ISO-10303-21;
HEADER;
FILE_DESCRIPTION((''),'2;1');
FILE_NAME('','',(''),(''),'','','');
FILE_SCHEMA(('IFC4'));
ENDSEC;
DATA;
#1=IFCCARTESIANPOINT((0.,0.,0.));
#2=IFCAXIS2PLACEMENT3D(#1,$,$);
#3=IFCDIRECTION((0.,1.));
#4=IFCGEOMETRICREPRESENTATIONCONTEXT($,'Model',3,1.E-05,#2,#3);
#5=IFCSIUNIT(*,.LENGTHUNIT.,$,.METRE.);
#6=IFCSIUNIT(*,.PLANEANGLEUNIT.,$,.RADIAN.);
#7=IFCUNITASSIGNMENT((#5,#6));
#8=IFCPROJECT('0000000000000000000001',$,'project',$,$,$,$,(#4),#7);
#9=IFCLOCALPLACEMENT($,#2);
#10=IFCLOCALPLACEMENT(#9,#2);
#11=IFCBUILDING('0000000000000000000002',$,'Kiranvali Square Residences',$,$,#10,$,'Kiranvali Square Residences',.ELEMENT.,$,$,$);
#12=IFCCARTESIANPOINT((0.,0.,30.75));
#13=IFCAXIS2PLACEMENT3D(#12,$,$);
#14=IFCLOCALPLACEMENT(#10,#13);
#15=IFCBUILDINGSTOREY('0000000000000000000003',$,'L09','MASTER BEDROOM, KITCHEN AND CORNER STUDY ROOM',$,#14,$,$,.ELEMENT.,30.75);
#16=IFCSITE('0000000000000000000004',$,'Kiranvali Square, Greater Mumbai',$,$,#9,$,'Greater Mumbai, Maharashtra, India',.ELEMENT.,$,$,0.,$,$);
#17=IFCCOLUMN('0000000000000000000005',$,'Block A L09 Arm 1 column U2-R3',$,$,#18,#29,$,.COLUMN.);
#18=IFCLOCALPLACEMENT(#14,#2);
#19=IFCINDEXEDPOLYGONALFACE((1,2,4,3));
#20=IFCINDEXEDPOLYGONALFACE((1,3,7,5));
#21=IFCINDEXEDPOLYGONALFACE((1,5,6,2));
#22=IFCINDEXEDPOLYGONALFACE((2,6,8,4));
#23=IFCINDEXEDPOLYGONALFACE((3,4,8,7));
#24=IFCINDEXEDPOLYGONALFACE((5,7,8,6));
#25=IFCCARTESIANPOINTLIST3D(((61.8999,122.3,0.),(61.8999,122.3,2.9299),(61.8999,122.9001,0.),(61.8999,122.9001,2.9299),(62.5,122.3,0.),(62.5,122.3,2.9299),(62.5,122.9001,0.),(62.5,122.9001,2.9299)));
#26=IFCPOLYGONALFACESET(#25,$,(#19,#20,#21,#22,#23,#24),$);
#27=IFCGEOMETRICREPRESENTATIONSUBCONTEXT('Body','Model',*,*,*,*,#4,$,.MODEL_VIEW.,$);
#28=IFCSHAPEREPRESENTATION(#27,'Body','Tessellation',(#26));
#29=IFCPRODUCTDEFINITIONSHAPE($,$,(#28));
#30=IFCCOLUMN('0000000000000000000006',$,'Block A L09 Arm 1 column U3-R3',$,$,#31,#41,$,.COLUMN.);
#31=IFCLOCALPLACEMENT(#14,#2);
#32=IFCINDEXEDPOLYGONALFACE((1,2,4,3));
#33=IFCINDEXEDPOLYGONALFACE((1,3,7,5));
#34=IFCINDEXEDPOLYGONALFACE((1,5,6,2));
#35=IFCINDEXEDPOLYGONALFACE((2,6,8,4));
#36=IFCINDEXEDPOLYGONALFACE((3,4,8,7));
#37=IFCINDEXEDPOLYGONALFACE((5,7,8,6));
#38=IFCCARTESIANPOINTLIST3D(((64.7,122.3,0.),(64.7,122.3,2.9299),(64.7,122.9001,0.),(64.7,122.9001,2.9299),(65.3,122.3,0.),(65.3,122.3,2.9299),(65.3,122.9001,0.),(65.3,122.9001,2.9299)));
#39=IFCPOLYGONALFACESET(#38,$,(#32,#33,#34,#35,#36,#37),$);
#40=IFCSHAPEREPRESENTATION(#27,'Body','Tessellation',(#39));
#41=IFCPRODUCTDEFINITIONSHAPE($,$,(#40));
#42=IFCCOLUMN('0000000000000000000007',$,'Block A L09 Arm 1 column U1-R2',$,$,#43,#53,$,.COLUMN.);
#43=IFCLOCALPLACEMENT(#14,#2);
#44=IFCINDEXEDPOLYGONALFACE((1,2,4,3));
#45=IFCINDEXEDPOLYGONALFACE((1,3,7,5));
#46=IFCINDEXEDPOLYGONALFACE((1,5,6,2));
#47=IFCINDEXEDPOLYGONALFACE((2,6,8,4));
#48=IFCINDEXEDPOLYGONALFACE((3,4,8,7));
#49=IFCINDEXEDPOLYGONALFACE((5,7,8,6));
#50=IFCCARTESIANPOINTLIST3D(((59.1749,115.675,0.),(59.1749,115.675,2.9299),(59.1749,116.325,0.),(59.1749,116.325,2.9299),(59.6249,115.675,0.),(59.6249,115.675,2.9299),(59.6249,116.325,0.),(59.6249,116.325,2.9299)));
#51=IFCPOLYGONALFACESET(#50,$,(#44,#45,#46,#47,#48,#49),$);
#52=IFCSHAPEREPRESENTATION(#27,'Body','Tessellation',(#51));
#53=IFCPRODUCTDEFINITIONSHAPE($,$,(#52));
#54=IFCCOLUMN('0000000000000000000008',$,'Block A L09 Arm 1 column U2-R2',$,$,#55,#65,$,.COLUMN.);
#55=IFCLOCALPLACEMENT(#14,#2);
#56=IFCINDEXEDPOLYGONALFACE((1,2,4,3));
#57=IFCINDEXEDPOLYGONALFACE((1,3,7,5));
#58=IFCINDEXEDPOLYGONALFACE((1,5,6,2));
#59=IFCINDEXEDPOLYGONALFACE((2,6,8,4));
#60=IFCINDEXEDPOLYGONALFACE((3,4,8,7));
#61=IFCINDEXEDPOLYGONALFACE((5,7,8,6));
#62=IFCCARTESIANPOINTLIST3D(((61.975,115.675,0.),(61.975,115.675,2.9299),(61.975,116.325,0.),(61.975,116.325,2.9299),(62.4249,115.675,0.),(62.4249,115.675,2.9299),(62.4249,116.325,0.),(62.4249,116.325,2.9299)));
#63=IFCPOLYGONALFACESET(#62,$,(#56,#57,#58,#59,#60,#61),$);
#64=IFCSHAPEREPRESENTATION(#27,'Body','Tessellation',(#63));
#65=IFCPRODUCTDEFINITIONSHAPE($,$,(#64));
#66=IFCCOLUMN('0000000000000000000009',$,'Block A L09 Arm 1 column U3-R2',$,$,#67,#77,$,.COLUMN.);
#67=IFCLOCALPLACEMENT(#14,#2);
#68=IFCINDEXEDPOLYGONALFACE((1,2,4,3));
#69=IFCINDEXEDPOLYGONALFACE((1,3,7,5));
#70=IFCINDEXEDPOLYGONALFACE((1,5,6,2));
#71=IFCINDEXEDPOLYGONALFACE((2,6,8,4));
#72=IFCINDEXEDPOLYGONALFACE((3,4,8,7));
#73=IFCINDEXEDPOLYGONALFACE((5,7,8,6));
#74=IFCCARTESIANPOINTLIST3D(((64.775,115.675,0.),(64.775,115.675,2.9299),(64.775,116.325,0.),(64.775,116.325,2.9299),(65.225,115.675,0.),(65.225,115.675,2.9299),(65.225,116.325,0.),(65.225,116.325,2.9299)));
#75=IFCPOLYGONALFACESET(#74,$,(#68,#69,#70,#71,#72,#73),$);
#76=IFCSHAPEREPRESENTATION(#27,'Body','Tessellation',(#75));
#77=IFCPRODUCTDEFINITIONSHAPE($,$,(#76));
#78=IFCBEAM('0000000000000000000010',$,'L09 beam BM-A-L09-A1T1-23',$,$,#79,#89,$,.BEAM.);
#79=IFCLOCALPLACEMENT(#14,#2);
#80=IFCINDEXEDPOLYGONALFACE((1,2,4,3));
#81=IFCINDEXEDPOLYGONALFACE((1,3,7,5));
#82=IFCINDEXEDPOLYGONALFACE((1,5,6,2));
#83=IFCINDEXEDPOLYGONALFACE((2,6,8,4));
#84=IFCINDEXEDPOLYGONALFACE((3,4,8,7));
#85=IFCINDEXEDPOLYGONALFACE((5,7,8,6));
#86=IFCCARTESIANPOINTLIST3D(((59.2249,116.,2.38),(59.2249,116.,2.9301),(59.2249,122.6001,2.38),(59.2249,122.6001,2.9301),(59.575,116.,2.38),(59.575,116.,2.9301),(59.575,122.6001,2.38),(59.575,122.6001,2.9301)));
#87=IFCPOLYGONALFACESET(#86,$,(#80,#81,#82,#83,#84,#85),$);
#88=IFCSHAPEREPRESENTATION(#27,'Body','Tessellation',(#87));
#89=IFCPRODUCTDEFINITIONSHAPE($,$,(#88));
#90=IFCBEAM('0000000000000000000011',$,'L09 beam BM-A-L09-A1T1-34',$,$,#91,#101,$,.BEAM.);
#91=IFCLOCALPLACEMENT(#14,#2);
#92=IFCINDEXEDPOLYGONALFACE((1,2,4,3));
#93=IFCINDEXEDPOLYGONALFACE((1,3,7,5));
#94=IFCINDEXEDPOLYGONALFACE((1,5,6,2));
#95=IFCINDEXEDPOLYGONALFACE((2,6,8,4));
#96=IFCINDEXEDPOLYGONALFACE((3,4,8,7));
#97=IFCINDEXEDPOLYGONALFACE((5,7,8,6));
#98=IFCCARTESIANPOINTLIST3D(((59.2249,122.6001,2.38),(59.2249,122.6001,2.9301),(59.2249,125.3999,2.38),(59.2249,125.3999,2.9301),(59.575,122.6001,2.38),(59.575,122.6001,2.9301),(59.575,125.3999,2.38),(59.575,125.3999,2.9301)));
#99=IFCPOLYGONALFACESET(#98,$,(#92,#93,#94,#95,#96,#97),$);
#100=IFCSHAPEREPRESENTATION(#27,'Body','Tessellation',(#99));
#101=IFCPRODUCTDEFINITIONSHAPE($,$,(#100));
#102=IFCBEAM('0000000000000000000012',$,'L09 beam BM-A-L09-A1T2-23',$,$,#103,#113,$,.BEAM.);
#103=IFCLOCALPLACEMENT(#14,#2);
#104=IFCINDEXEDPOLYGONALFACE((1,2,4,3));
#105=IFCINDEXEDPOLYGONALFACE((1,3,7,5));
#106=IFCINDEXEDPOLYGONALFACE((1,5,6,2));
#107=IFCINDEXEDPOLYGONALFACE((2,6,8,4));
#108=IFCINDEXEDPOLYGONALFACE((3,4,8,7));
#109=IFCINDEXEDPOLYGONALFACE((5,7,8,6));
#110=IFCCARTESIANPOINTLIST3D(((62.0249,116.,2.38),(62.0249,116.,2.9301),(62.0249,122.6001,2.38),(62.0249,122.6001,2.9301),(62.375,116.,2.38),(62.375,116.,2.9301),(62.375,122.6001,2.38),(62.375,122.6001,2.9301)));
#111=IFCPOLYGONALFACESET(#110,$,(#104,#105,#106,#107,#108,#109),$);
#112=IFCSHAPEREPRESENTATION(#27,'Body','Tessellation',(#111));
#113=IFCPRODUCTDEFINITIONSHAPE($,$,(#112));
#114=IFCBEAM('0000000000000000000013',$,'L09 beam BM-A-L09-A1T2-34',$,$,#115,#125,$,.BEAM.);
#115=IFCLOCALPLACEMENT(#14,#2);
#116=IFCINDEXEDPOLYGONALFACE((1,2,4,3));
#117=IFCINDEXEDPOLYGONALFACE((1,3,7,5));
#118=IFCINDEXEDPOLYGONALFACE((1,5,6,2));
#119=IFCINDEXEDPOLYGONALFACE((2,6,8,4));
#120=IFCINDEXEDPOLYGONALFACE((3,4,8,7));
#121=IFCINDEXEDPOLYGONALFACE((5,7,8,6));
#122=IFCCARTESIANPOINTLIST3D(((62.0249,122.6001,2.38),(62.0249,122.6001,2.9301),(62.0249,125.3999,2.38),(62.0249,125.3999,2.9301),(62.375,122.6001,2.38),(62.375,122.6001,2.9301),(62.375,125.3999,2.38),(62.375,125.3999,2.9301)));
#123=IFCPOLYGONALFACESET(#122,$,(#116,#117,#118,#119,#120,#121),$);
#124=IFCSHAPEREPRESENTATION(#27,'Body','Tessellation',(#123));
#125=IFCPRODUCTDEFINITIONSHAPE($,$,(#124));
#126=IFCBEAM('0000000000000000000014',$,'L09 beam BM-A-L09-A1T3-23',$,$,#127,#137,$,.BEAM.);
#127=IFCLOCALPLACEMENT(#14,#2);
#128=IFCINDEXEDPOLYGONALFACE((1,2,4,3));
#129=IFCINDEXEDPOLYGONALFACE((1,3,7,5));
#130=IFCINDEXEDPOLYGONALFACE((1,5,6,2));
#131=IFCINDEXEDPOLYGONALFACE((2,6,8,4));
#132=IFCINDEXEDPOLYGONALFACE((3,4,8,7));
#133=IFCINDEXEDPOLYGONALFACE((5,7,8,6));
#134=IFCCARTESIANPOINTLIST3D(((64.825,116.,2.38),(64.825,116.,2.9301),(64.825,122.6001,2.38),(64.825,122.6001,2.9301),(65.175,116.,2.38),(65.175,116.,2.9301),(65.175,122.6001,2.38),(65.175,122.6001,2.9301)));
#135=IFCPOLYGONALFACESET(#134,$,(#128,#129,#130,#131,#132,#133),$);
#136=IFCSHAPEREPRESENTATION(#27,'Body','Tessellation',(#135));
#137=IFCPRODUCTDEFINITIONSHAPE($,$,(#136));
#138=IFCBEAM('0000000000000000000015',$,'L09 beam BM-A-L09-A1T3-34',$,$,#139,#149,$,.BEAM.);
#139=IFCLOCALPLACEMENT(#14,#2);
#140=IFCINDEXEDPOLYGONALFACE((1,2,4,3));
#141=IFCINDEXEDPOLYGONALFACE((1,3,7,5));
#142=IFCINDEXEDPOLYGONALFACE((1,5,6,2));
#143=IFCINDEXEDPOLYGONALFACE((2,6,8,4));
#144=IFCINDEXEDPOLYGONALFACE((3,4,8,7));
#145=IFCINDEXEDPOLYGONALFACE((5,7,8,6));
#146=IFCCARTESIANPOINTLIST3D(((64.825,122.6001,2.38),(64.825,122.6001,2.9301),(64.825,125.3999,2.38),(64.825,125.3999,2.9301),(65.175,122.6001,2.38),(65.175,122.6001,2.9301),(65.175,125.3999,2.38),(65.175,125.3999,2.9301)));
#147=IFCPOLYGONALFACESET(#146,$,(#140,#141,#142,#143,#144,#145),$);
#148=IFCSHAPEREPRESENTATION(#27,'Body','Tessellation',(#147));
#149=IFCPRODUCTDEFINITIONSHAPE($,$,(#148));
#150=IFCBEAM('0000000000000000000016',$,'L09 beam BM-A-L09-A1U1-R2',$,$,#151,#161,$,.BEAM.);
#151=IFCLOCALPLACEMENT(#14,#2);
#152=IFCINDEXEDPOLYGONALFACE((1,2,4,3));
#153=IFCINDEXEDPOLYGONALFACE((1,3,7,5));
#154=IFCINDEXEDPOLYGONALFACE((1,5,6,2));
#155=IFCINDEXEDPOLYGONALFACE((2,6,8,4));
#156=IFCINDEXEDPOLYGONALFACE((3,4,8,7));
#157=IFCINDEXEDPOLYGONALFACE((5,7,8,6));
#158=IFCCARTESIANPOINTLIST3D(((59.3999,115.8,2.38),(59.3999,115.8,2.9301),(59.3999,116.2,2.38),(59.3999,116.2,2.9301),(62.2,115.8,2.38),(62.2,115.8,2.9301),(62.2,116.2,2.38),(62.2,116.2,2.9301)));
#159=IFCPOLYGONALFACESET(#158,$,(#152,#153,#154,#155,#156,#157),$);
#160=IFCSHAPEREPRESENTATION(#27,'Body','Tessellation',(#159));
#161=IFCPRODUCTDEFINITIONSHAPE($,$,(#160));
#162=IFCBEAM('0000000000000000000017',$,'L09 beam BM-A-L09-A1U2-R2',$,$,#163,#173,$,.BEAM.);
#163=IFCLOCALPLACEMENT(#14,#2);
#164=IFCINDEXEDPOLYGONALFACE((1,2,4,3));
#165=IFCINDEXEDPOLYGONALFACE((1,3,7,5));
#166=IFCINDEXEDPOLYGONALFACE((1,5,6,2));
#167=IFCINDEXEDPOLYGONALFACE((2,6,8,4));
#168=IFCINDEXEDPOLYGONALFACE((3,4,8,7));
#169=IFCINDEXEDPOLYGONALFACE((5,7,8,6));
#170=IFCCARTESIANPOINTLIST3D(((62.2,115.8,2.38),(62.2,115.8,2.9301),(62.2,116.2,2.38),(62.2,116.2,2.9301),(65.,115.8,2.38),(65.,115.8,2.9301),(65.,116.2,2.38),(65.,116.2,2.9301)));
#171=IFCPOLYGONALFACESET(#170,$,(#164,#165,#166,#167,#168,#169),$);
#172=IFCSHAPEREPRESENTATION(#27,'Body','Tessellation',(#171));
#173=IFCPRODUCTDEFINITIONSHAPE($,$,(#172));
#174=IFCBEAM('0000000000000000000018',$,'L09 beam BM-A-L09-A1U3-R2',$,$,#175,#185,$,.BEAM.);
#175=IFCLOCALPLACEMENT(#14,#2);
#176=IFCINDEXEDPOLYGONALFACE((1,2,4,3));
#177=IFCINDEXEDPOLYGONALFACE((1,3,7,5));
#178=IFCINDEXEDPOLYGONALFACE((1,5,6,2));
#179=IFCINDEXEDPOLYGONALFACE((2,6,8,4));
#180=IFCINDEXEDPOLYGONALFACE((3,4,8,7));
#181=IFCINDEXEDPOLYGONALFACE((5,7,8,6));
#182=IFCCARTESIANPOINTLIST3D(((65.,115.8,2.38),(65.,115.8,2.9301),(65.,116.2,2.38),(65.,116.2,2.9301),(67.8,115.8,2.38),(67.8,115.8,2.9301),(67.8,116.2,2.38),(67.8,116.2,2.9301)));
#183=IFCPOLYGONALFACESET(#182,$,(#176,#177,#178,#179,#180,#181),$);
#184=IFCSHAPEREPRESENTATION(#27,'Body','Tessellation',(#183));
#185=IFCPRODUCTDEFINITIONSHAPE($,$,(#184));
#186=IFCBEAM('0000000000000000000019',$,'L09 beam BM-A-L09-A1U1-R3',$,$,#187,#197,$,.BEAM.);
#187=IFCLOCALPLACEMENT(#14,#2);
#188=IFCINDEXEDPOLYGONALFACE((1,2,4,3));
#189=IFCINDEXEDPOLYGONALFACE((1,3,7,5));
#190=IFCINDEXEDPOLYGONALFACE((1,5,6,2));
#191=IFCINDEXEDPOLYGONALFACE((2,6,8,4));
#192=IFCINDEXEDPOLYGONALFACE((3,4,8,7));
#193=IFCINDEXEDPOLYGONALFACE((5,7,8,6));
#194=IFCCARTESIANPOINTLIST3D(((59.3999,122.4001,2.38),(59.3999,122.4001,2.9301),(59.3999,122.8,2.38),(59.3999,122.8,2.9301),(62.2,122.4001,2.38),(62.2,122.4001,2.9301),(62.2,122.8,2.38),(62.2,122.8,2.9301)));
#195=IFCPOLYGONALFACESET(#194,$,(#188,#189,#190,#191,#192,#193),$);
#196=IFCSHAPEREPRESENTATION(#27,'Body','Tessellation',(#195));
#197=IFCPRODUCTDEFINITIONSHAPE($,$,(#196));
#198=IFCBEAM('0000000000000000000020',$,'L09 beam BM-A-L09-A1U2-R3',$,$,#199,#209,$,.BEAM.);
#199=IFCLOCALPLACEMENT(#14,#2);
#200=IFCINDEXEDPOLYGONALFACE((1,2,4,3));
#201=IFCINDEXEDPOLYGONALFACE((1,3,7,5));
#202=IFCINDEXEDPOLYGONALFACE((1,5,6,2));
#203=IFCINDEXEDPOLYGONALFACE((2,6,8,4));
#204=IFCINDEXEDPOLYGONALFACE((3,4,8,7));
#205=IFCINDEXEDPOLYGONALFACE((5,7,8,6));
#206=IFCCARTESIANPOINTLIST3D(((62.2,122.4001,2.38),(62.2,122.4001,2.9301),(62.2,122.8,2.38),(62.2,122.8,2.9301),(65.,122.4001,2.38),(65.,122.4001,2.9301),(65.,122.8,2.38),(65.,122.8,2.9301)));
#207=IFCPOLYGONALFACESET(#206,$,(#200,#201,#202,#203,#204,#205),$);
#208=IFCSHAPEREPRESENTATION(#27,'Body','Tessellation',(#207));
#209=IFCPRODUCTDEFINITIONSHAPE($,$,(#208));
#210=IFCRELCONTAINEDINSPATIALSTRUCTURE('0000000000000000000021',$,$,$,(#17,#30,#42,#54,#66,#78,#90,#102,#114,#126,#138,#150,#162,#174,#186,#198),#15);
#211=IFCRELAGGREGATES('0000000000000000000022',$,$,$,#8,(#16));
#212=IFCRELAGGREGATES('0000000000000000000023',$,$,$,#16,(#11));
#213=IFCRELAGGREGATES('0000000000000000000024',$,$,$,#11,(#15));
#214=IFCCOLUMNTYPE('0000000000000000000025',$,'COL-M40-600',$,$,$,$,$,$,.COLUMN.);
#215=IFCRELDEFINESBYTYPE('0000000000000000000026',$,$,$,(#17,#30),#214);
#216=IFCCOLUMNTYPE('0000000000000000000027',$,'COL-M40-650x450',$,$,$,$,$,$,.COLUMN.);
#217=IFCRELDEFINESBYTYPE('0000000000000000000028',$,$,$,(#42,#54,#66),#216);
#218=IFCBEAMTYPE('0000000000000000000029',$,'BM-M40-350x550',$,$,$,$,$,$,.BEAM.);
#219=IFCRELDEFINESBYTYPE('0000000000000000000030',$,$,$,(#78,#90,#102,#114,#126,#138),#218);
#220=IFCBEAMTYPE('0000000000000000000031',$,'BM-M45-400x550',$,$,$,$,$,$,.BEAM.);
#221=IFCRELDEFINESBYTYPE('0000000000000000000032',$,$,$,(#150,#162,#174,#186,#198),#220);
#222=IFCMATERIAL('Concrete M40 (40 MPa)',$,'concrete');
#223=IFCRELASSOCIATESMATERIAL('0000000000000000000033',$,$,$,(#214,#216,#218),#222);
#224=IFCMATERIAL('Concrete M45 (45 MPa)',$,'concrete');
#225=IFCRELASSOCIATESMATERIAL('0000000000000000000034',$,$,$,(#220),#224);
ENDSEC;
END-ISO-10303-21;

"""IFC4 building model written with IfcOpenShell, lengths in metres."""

from ifc_helpers import new_model, si_unit, direction, frame, origin, origin_2d, place, context, subcontext, project, spatial, rectangle, extrude, material, material_profile, profile_set, type_object, element, save


model = new_model("IFC4")

# Units and contexts
model_context = context("Model", 3, precision=1e-05, world=origin(), true_north=direction((0.0, 1.0)))
body_context = subcontext(model_context, "Body", "Model", "MODEL_VIEW")
ifc_project = project(units=[si_unit("LENGTHUNIT", "METRE"), si_unit("PLANEANGLEUNIT", "RADIAN")], contexts=[model_context])

# Site, building, storey
site_placement = place(None, origin())
site = spatial("IfcSite", under=ifc_project, at=site_placement, Name="Kiranvali Square, Greater Mumbai", LongName="Greater Mumbai, Maharashtra, India", CompositionType="ELEMENT", RefElevation=0.0)
building_placement = place(site_placement, origin())
building = spatial("IfcBuilding", under=site, at=building_placement, Name="Kiranvali Square Residences", LongName="Kiranvali Square Residences", CompositionType="ELEMENT")
storey_placement = place(building_placement, frame((0.0, 0.0, 30.75)))
storey = spatial("IfcBuildingStorey", under=building, at=storey_placement, Name="L09", Description="MASTER BEDROOM, KITCHEN AND CORNER STUDY ROOM", CompositionType="ELEMENT", Elevation=30.75)

# Columns
ifc_material_1 = material(Name="Concrete M40 (40 MPa)", Category="concrete")
ifc_material_profile_1 = material_profile(ifc_material_1, rectangle(XDim=0.6001, YDim=0.6001, at=origin_2d()), Name="RC 600x600")
ifc_profile_set_1 = profile_set([ifc_material_profile_1], Name="Concrete M40 (40 MPa)")
column_type_1 = type_object("IfcColumnType", Name="COL-M40-600", PredefinedType="COLUMN", material=ifc_profile_set_1)
for number, where, z_axis, x_axis, name in (
    (1, (62.2, 122.6001, 0.0), (0.0, 0.0, 1.0), (1.0, 0.0, 0.0), "Block A L09 Arm 1 column U2-R3"),
    (2, (65.0, 122.6001, 0.0), (0.0, 0.0, 1.0), (1.0, 0.0, 0.0), "Block A L09 Arm 1 column U3-R3"),
):
    element("IfcColumn", number, at=place(storey_placement, frame(where, z_axis=z_axis, x_axis=x_axis)), inside=storey, type_object=column_type_1, Name=name, PredefinedType="COLUMN", context=body_context, shape_type="SweptSolid", body=[
        extrude(rectangle(XDim=0.6001, YDim=0.6001, at=origin_2d()), origin(), (0.0, 0.0, 1.0), 2.9299),
    ])
ifc_material_profile_2 = material_profile(ifc_material_1, rectangle(XDim=0.45, YDim=0.6499, at=origin_2d()), Name="RC 650x450")
ifc_profile_set_2 = profile_set([ifc_material_profile_2], Name="Concrete M40 (40 MPa)")
column_type_2 = type_object("IfcColumnType", Name="COL-M40-650x450", PredefinedType="COLUMN", material=ifc_profile_set_2)
for number, where, z_axis, x_axis, name in (
    (3, (59.3999, 116.0, 0.0), (0.0, 0.0, 1.0), (1.0, 0.0, 0.0), "Block A L09 Arm 1 column U1-R2"),
    (4, (62.2, 116.0, 0.0), (0.0, 0.0, 1.0), (1.0, 0.0, 0.0), "Block A L09 Arm 1 column U2-R2"),
    (5, (65.0, 116.0, 0.0), (0.0, 0.0, 1.0), (1.0, 0.0, 0.0), "Block A L09 Arm 1 column U3-R2"),
):
    element("IfcColumn", number, at=place(storey_placement, frame(where, z_axis=z_axis, x_axis=x_axis)), inside=storey, type_object=column_type_2, Name=name, PredefinedType="COLUMN", context=body_context, shape_type="SweptSolid", body=[
        extrude(rectangle(XDim=0.45, YDim=0.6499, at=origin_2d()), origin(), (0.0, 0.0, 1.0), 2.9299),
    ])

# Beams
ifc_material_profile_3 = material_profile(ifc_material_1, rectangle(XDim=0.3501, YDim=0.55, at=origin_2d()), Name="RC 350x550")
ifc_profile_set_3 = profile_set([ifc_material_profile_3], Name="Concrete M40 (40 MPa)")
beam_type_1 = type_object("IfcBeamType", Name="BM-M40-350x550", PredefinedType="BEAM", material=ifc_profile_set_3)
beam_1_placement = place(storey_placement, frame((59.3999, 116.0, 2.655), z_axis=(0.0, 1.0, 0.0), x_axis=(-1.0, 0.0, 0.0)))
element("IfcBeam", 6, at=beam_1_placement, inside=storey, type_object=beam_type_1, Name="L09 beam BM-A-L09-A1T1-23", PredefinedType="BEAM", context=body_context, shape_type="SweptSolid", body=[
    extrude(rectangle(XDim=0.3501, YDim=0.55, at=origin_2d()), origin(), (0.0, 0.0, 1.0), 6.6001),
])
beam_2_placement = place(storey_placement, frame((59.3999, 122.6001, 2.655), z_axis=(0.0, 1.0, 0.0), x_axis=(-1.0, 0.0, 0.0)))
element("IfcBeam", 7, at=beam_2_placement, inside=storey, type_object=beam_type_1, Name="L09 beam BM-A-L09-A1T1-34", PredefinedType="BEAM", context=body_context, shape_type="SweptSolid", body=[
    extrude(rectangle(XDim=0.3501, YDim=0.55, at=origin_2d()), origin(), (0.0, 0.0, 1.0), 2.7998),
])
beam_3_placement = place(storey_placement, frame((62.2, 116.0, 2.655), z_axis=(0.0, 1.0, 0.0), x_axis=(-1.0, 0.0, 0.0)))
element("IfcBeam", 8, at=beam_3_placement, inside=storey, type_object=beam_type_1, Name="L09 beam BM-A-L09-A1T2-23", PredefinedType="BEAM", context=body_context, shape_type="SweptSolid", body=[
    extrude(rectangle(XDim=0.3501, YDim=0.55, at=origin_2d()), origin(), (0.0, 0.0, 1.0), 6.6001),
])
beam_4_placement = place(storey_placement, frame((62.2, 122.6001, 2.655), z_axis=(0.0, 1.0, 0.0), x_axis=(-1.0, 0.0, 0.0)))
element("IfcBeam", 9, at=beam_4_placement, inside=storey, type_object=beam_type_1, Name="L09 beam BM-A-L09-A1T2-34", PredefinedType="BEAM", context=body_context, shape_type="SweptSolid", body=[
    extrude(rectangle(XDim=0.3501, YDim=0.55, at=origin_2d()), origin(), (0.0, 0.0, 1.0), 2.7998),
])
beam_5_placement = place(storey_placement, frame((65.0, 116.0, 2.655), z_axis=(0.0, 1.0, 0.0), x_axis=(-1.0, 0.0, 0.0)))
element("IfcBeam", 10, at=beam_5_placement, inside=storey, type_object=beam_type_1, Name="L09 beam BM-A-L09-A1T3-23", PredefinedType="BEAM", context=body_context, shape_type="SweptSolid", body=[
    extrude(rectangle(XDim=0.3501, YDim=0.55, at=origin_2d()), origin(), (0.0, 0.0, 1.0), 6.6001),
])
beam_6_placement = place(storey_placement, frame((65.0, 122.6001, 2.655), z_axis=(0.0, 1.0, 0.0), x_axis=(-1.0, 0.0, 0.0)))
element("IfcBeam", 11, at=beam_6_placement, inside=storey, type_object=beam_type_1, Name="L09 beam BM-A-L09-A1T3-34", PredefinedType="BEAM", context=body_context, shape_type="SweptSolid", body=[
    extrude(rectangle(XDim=0.3501, YDim=0.55, at=origin_2d()), origin(), (0.0, 0.0, 1.0), 2.7998),
])
ifc_material_2 = material(Name="Concrete M45 (45 MPa)", Category="concrete")
ifc_material_profile_4 = material_profile(ifc_material_2, rectangle(XDim=0.3999, YDim=0.55, at=origin_2d()), Name="RC 400x550")
ifc_profile_set_4 = profile_set([ifc_material_profile_4], Name="Concrete M45 (45 MPa)")
beam_type_2 = type_object("IfcBeamType", Name="BM-M45-400x550", PredefinedType="BEAM", material=ifc_profile_set_4)
for number, where, z_axis, x_axis, name in (
    (12, (59.3999, 116.0, 2.655), (1.0, 0.0, 0.0), (0.0, 1.0, 0.0), "L09 beam BM-A-L09-A1U1-R2"),
    (13, (62.2, 116.0, 2.655), (1.0, 0.0, 0.0), (0.0, 1.0, 0.0), "L09 beam BM-A-L09-A1U2-R2"),
    (14, (65.0, 116.0, 2.655), (1.0, 0.0, 0.0), (0.0, 1.0, 0.0), "L09 beam BM-A-L09-A1U3-R2"),
    (15, (59.3999, 122.6001, 2.655), (1.0, 0.0, 0.0), (0.0, 1.0, 0.0), "L09 beam BM-A-L09-A1U1-R3"),
    (16, (62.2, 122.6001, 2.655), (1.0, 0.0, 0.0), (0.0, 1.0, 0.0), "L09 beam BM-A-L09-A1U2-R3"),
):
    element("IfcBeam", number, at=place(storey_placement, frame(where, z_axis=z_axis, x_axis=x_axis)), inside=storey, type_object=beam_type_2, Name=name, PredefinedType="BEAM", context=body_context, shape_type="SweptSolid", body=[
        extrude(rectangle(XDim=0.3999, YDim=0.55, at=origin_2d()), origin(), (0.0, 0.0, 1.0), 2.8),
    ])

save(model, "model.ifc")
